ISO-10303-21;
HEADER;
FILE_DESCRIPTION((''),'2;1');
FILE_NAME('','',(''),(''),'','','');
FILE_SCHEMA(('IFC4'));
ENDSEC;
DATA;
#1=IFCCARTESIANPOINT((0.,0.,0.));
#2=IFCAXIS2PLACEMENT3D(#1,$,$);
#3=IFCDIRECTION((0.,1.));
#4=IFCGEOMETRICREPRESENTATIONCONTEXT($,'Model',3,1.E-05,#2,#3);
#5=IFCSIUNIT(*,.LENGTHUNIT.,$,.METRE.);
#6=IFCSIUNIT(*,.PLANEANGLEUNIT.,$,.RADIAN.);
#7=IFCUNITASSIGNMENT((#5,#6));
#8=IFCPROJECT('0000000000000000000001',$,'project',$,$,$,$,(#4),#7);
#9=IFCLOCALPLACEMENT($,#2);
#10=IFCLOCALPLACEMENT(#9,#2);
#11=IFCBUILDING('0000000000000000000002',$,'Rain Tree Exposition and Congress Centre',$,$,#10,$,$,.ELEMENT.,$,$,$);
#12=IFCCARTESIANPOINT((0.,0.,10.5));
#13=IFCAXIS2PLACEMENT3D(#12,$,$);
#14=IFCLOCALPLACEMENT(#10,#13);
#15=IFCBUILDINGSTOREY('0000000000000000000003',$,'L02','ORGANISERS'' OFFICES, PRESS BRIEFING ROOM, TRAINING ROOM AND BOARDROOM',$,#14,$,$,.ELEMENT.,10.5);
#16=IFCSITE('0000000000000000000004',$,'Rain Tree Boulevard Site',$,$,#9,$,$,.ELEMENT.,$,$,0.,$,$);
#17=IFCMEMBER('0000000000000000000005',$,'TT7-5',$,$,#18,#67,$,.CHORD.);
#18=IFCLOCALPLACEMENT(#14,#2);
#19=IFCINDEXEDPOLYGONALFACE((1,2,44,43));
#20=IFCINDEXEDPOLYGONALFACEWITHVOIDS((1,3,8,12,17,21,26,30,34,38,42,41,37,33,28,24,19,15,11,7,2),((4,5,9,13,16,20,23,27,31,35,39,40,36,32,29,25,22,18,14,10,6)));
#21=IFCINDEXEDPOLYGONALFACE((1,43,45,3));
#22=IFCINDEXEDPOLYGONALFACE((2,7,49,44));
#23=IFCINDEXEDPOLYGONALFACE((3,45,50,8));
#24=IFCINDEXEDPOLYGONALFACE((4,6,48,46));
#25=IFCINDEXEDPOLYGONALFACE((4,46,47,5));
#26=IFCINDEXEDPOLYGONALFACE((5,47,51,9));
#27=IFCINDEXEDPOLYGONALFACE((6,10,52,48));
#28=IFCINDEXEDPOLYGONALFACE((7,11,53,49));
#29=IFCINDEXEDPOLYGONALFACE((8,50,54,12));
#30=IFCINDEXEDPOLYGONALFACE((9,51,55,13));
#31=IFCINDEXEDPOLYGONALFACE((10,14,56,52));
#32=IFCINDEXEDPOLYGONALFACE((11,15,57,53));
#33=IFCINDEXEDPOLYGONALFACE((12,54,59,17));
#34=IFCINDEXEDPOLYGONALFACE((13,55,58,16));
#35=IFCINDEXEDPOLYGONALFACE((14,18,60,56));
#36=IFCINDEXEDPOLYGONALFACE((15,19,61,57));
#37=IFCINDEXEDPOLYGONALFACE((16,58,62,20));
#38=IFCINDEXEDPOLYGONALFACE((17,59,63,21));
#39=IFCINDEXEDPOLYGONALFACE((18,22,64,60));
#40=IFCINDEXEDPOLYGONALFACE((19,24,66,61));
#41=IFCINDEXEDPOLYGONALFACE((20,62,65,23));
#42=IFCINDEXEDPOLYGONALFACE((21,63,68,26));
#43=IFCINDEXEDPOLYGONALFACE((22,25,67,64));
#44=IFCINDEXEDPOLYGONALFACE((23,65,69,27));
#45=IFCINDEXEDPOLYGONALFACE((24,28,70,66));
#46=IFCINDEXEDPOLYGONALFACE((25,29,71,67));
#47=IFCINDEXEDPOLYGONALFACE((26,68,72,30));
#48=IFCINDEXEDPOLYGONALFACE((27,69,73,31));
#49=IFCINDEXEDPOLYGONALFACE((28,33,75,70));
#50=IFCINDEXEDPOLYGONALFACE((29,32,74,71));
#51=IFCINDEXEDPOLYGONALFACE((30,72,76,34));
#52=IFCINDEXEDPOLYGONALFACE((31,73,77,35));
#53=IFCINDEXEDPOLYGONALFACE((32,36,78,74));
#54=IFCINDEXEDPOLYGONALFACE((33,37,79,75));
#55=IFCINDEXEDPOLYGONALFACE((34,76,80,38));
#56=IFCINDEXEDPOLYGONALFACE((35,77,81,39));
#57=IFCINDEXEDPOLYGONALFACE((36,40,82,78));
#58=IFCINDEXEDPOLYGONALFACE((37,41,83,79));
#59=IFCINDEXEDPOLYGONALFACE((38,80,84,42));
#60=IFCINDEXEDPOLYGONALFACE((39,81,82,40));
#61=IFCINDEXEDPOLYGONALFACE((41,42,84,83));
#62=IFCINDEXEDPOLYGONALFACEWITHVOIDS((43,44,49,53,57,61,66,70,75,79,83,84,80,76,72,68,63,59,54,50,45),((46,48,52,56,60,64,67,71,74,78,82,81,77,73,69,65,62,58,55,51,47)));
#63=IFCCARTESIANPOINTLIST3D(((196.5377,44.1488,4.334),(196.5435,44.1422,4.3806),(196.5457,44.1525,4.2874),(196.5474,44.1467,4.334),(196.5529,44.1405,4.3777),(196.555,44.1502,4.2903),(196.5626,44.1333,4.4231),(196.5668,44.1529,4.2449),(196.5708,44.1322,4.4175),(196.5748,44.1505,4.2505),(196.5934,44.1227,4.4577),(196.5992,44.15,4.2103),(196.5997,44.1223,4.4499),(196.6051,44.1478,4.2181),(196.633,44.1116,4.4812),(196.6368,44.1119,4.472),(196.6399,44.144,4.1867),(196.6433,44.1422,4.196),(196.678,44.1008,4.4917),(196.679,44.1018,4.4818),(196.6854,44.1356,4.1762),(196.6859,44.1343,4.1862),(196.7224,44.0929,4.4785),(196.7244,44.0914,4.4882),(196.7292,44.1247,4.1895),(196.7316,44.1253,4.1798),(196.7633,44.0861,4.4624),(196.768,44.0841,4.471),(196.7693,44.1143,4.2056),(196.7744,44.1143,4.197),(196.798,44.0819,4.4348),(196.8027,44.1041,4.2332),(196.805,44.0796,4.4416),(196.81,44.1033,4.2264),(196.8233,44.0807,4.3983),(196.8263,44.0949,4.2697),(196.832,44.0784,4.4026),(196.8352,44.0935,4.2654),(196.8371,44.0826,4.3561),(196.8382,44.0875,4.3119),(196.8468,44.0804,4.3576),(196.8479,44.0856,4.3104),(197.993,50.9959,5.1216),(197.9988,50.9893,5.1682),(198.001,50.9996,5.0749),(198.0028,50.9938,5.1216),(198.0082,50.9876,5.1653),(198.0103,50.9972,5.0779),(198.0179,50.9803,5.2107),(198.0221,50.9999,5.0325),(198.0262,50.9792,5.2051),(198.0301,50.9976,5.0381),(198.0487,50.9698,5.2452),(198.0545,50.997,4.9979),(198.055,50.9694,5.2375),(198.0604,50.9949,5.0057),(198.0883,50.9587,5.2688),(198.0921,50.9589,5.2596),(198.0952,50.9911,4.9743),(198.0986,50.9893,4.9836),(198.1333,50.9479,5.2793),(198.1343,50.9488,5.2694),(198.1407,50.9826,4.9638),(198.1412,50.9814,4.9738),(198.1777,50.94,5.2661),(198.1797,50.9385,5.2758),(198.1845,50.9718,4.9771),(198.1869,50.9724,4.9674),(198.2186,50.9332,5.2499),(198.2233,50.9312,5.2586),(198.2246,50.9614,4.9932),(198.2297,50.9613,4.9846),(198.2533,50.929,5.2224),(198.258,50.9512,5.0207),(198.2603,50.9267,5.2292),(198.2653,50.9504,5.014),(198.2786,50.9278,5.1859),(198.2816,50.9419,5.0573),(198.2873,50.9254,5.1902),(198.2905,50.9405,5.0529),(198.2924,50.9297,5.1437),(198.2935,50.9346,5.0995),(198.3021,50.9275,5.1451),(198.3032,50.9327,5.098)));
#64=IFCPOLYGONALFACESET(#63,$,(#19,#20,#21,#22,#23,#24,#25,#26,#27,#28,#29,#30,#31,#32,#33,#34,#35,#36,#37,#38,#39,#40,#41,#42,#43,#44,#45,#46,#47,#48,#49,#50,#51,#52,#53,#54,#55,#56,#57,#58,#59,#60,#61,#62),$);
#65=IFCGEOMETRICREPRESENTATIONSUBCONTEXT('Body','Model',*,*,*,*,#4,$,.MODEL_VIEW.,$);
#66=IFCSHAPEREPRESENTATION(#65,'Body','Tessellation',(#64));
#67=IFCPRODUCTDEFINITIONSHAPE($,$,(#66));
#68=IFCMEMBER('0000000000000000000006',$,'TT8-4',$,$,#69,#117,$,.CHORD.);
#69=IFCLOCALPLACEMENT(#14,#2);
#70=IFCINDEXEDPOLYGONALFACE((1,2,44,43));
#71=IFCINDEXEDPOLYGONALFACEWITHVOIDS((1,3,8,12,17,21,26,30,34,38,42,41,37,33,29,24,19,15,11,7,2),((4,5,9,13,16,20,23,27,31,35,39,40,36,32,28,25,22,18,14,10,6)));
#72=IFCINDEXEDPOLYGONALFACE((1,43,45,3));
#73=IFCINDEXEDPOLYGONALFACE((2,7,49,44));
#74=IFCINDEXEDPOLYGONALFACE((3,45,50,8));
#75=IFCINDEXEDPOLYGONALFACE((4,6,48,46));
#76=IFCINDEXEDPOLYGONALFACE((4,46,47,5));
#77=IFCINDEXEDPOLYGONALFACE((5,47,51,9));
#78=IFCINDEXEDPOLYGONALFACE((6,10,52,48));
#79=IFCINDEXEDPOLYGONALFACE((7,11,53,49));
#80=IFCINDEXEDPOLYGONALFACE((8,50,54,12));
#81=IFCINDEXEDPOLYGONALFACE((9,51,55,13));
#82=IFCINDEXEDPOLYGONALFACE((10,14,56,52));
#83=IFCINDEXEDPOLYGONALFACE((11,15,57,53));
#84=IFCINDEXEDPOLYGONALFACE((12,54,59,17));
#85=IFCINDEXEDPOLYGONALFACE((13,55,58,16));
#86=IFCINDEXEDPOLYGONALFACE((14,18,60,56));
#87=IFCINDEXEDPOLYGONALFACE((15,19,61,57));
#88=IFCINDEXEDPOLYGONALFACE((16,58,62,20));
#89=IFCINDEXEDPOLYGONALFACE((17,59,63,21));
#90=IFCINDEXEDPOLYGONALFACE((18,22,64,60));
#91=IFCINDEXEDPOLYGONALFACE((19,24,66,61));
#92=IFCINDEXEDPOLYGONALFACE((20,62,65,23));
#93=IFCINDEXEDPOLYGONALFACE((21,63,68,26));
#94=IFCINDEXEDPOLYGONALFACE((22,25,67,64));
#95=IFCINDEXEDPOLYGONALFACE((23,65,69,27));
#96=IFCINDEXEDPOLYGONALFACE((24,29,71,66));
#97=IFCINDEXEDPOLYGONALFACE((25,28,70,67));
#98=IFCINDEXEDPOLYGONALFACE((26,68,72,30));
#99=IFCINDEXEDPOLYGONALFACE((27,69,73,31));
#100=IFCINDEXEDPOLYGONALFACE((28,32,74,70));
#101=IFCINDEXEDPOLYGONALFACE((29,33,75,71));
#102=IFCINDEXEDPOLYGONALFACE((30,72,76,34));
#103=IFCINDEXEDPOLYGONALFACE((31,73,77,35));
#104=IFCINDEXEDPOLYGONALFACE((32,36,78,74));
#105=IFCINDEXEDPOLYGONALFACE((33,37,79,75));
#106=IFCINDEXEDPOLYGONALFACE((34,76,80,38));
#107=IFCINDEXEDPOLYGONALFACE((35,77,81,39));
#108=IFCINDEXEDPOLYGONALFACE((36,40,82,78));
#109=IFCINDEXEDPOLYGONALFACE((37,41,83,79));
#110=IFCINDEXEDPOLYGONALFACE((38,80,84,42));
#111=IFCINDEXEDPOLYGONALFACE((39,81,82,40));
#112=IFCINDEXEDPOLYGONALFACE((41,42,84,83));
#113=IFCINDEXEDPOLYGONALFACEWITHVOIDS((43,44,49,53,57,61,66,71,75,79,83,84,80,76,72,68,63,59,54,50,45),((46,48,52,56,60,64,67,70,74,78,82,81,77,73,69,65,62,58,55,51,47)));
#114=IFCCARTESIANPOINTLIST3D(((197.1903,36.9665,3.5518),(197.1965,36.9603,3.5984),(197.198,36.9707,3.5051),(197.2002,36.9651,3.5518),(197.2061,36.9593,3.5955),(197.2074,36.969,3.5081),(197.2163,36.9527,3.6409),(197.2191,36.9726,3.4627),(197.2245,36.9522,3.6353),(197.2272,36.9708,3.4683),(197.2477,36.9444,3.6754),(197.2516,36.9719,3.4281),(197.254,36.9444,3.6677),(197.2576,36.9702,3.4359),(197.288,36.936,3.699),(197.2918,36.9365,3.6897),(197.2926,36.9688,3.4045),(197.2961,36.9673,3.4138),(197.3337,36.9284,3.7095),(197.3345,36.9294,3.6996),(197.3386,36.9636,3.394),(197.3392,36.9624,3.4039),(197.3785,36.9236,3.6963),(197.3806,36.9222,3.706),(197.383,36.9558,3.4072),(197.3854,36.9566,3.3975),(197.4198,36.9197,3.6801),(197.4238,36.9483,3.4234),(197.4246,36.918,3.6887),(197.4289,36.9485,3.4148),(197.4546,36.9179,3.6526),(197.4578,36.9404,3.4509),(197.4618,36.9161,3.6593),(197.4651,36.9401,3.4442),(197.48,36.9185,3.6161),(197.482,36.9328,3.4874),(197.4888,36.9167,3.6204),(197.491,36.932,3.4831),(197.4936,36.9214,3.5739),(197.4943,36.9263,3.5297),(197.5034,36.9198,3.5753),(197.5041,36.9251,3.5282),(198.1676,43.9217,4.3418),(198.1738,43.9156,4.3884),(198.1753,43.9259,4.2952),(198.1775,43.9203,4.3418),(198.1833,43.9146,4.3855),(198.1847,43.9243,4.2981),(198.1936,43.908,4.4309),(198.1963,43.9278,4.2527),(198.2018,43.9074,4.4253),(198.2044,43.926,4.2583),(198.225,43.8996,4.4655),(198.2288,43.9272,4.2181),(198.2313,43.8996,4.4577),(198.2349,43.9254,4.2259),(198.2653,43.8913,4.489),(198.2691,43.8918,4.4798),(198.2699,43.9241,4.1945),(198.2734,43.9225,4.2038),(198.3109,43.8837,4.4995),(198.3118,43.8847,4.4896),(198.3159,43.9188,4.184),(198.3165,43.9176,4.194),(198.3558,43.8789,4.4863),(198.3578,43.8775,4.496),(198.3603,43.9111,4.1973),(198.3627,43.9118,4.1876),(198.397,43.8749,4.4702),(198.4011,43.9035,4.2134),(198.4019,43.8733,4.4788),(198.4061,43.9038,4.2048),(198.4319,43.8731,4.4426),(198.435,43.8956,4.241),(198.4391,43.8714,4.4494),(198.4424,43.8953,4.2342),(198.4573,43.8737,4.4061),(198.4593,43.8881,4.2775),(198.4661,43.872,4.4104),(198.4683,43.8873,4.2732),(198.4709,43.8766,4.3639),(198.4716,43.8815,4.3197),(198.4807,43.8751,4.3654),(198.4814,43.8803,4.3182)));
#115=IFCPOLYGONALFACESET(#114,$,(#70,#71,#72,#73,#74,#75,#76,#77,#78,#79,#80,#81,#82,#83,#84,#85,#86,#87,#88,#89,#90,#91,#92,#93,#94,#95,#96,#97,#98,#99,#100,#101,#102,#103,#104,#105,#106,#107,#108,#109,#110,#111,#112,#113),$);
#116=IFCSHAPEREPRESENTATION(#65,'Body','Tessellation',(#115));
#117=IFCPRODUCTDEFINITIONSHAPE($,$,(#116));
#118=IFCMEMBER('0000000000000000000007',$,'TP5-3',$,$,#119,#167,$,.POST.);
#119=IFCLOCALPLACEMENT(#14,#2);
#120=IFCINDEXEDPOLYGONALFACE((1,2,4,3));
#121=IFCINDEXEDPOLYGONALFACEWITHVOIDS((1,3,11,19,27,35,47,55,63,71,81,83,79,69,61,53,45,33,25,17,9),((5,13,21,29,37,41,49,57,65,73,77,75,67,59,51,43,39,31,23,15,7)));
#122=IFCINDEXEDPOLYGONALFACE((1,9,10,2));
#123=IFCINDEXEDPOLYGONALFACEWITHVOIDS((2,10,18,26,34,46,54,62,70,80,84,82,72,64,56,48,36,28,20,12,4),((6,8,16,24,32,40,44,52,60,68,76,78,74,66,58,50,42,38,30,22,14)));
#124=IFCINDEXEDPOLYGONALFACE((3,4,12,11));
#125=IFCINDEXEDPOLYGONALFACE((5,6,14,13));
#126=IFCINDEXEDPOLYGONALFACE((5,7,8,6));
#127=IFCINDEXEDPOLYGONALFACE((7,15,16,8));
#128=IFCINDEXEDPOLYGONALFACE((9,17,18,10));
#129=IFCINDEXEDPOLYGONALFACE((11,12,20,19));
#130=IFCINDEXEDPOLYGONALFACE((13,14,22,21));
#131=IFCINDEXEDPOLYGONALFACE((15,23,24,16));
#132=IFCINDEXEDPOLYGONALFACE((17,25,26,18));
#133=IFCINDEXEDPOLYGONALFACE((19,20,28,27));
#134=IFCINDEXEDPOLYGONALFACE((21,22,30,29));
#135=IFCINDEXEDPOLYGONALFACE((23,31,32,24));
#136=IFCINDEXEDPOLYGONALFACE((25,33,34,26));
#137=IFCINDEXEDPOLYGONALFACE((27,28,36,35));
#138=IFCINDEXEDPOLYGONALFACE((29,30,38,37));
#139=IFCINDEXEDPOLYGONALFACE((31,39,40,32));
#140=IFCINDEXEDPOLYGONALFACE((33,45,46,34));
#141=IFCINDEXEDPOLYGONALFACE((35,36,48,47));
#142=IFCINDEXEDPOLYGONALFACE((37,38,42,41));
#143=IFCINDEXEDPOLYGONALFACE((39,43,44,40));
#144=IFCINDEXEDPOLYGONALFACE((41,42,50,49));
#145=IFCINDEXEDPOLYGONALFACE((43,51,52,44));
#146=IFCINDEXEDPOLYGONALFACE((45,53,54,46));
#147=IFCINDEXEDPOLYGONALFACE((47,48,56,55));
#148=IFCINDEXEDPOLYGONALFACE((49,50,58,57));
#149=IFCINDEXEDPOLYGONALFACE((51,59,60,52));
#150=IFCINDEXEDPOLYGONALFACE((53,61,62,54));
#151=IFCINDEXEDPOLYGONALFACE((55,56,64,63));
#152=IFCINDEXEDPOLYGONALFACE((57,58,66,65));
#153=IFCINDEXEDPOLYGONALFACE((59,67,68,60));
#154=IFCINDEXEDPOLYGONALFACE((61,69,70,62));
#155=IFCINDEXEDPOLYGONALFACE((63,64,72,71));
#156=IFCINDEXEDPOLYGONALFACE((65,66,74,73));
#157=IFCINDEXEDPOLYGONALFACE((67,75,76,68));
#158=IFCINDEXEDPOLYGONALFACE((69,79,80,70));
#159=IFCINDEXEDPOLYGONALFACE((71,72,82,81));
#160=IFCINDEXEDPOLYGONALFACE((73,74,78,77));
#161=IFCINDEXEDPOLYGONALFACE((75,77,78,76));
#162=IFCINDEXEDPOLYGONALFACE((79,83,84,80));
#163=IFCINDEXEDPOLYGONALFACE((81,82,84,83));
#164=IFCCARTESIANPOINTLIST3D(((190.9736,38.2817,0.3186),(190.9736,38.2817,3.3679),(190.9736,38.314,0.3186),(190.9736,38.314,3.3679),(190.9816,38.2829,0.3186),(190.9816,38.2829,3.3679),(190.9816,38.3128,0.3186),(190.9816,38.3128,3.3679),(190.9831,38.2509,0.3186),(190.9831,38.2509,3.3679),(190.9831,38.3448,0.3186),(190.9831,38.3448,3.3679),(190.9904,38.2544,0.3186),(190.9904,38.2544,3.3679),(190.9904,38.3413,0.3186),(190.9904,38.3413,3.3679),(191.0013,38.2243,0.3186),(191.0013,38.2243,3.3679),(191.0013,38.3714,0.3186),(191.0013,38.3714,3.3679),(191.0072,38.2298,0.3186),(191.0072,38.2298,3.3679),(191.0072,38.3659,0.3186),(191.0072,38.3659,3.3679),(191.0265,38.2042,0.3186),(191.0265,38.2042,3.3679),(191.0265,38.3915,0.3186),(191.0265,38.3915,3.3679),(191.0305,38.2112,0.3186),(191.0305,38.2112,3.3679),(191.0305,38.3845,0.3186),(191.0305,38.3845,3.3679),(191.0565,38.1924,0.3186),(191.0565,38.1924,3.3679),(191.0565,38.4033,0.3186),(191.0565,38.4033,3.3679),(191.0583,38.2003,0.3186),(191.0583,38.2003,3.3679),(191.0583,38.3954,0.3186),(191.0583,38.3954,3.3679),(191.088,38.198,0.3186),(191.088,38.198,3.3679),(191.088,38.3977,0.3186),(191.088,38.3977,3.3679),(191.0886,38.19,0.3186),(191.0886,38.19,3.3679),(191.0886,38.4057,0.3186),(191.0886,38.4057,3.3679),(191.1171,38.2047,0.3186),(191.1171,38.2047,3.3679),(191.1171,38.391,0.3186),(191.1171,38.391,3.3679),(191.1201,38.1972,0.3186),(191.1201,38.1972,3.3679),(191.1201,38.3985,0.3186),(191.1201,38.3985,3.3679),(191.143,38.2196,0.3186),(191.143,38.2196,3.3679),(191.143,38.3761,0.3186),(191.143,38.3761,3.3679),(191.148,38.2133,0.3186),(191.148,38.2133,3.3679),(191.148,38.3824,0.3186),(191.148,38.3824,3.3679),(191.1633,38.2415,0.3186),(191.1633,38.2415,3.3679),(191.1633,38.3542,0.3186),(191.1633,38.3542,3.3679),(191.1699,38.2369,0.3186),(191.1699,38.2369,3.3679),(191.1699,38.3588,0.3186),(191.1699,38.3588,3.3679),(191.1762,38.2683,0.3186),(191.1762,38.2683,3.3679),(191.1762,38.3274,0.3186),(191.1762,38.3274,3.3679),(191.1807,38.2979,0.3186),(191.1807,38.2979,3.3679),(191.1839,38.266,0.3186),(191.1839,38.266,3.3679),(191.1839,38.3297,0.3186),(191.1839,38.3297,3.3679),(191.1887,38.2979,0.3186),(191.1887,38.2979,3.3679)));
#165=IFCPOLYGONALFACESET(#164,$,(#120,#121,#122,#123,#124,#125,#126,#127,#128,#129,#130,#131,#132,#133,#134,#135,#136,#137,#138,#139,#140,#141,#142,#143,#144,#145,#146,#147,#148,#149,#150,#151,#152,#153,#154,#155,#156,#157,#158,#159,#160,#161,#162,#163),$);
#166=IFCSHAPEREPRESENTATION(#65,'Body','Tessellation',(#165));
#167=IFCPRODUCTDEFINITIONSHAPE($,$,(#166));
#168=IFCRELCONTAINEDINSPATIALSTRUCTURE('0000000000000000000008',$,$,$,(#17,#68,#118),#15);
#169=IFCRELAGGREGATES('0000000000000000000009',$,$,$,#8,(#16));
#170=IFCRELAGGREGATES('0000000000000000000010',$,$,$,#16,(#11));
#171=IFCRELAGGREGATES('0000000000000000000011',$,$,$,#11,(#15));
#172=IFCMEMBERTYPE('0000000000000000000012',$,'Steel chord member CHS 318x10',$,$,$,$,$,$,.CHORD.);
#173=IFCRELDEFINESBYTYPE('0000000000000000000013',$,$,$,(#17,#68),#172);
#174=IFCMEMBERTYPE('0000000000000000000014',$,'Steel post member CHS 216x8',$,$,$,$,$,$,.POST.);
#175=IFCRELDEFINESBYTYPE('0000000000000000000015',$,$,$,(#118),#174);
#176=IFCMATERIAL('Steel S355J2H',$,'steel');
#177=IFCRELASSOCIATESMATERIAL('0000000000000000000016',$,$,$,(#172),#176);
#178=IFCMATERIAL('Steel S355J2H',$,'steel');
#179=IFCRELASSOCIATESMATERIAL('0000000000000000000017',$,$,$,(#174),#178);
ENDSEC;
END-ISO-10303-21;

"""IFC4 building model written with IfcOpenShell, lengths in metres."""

from ifc_helpers import new_model, si_unit, direction, frame, origin, origin_2d, place, context, subcontext, project, spatial, hollow_circle, extrude, material, material_profile, profile_set, type_object, element, save


model = new_model("IFC4")

# Units and contexts
model_context = context("Model", 3, precision=1e-05, world=origin(), true_north=direction((0.0, 1.0)))
body_context = subcontext(model_context, "Body", "Model", "MODEL_VIEW")
ifc_project = project(units=[si_unit("LENGTHUNIT", "METRE"), si_unit("PLANEANGLEUNIT", "RADIAN")], contexts=[model_context])

# Site, building, storey
site_placement = place(None, origin())
site = spatial("IfcSite", under=ifc_project, at=site_placement, Name="Rain Tree Boulevard Site", CompositionType="ELEMENT", RefElevation=0.0)
building_placement = place(site_placement, origin())
building = spatial("IfcBuilding", under=site, at=building_placement, Name="Rain Tree Exposition and Congress Centre", CompositionType="ELEMENT")
storey_placement = place(building_placement, frame((0.0, 0.0, 10.5)))
storey = spatial("IfcBuildingStorey", under=building, at=storey_placement, Name="L02", Description="ORGANISERS' OFFICES, PRESS BRIEFING ROOM, TRAINING ROOM AND BOARDROOM", CompositionType="ELEMENT", Elevation=10.5)

# Members
ifc_material_1 = material(Name="Steel S355J2H", Category="steel")
ifc_material_profile_1 = material_profile(ifc_material_1, hollow_circle(Radius=0.1592, WallThickness=0.01, at=origin_2d()), Name="CHS 318x10")
ifc_profile_set_1 = profile_set([ifc_material_profile_1], Name="Steel S355J2H")
member_type_1 = type_object("IfcMemberType", Name="Steel chord member CHS 318x10", PredefinedType="CHORD", material=ifc_profile_set_1)
for number, where, z_axis, x_axis, name in (
    (1, (196.6934, 44.1157, 4.334), (0.206596, 0.972017, 0.111807), (-0.97815, 0.2079, 0.0), "TT7-5"),
):
    element("IfcMember", number, at=place(storey_placement, frame(where, z_axis=z_axis, x_axis=x_axis)), inside=storey, type_object=member_type_1, Name=name, PredefinedType="CHORD", context=body_context, shape_type="SweptSolid", body=[
        extrude(hollow_circle(Radius=0.1592, WallThickness=0.01, at=origin_2d()), origin(), (0.0, 0.0, 1.0), 7.0442),
    ])
member_1_placement = place(storey_placement, frame((197.3479, 36.9443, 3.5518), z_axis=(0.138272, 0.984066, 0.111778), x_axis=(-0.990272, 0.139144, 0.0)))
element("IfcMember", 2, at=member_1_placement, inside=storey, type_object=member_type_1, Name="TT8-4", PredefinedType="CHORD", context=body_context, shape_type="SweptSolid", body=[
    extrude(hollow_circle(Radius=0.1592, WallThickness=0.01, at=origin_2d()), origin(), (0.0, 0.0, 1.0), 7.0679),
])
ifc_material_2 = material(Name="Steel S355J2H", Category="steel")
ifc_material_profile_2 = material_profile(ifc_material_2, hollow_circle(Radius=0.1082, WallThickness=0.0081, at=origin_2d()), Name="CHS 216x8")
ifc_profile_set_2 = profile_set([ifc_material_profile_2], Name="Steel S355J2H")
member_type_2 = type_object("IfcMemberType", Name="Steel post member CHS 216x8", PredefinedType="POST", material=ifc_profile_set_2)
member_2_placement = place(storey_placement, frame((191.0806, 38.2979, 0.3186), z_axis=(0.0, 0.0, 1.0), x_axis=(1.0, 0.0, 0.0)))
element("IfcMember", 3, at=member_2_placement, inside=storey, type_object=member_type_2, Name="TP5-3", PredefinedType="POST", context=body_context, shape_type="SweptSolid", body=[
    extrude(hollow_circle(Radius=0.1082, WallThickness=0.0081, at=origin_2d()), origin(), (0.0, 0.0, 1.0), 3.0493),
])

save(model, "model.ifc")
